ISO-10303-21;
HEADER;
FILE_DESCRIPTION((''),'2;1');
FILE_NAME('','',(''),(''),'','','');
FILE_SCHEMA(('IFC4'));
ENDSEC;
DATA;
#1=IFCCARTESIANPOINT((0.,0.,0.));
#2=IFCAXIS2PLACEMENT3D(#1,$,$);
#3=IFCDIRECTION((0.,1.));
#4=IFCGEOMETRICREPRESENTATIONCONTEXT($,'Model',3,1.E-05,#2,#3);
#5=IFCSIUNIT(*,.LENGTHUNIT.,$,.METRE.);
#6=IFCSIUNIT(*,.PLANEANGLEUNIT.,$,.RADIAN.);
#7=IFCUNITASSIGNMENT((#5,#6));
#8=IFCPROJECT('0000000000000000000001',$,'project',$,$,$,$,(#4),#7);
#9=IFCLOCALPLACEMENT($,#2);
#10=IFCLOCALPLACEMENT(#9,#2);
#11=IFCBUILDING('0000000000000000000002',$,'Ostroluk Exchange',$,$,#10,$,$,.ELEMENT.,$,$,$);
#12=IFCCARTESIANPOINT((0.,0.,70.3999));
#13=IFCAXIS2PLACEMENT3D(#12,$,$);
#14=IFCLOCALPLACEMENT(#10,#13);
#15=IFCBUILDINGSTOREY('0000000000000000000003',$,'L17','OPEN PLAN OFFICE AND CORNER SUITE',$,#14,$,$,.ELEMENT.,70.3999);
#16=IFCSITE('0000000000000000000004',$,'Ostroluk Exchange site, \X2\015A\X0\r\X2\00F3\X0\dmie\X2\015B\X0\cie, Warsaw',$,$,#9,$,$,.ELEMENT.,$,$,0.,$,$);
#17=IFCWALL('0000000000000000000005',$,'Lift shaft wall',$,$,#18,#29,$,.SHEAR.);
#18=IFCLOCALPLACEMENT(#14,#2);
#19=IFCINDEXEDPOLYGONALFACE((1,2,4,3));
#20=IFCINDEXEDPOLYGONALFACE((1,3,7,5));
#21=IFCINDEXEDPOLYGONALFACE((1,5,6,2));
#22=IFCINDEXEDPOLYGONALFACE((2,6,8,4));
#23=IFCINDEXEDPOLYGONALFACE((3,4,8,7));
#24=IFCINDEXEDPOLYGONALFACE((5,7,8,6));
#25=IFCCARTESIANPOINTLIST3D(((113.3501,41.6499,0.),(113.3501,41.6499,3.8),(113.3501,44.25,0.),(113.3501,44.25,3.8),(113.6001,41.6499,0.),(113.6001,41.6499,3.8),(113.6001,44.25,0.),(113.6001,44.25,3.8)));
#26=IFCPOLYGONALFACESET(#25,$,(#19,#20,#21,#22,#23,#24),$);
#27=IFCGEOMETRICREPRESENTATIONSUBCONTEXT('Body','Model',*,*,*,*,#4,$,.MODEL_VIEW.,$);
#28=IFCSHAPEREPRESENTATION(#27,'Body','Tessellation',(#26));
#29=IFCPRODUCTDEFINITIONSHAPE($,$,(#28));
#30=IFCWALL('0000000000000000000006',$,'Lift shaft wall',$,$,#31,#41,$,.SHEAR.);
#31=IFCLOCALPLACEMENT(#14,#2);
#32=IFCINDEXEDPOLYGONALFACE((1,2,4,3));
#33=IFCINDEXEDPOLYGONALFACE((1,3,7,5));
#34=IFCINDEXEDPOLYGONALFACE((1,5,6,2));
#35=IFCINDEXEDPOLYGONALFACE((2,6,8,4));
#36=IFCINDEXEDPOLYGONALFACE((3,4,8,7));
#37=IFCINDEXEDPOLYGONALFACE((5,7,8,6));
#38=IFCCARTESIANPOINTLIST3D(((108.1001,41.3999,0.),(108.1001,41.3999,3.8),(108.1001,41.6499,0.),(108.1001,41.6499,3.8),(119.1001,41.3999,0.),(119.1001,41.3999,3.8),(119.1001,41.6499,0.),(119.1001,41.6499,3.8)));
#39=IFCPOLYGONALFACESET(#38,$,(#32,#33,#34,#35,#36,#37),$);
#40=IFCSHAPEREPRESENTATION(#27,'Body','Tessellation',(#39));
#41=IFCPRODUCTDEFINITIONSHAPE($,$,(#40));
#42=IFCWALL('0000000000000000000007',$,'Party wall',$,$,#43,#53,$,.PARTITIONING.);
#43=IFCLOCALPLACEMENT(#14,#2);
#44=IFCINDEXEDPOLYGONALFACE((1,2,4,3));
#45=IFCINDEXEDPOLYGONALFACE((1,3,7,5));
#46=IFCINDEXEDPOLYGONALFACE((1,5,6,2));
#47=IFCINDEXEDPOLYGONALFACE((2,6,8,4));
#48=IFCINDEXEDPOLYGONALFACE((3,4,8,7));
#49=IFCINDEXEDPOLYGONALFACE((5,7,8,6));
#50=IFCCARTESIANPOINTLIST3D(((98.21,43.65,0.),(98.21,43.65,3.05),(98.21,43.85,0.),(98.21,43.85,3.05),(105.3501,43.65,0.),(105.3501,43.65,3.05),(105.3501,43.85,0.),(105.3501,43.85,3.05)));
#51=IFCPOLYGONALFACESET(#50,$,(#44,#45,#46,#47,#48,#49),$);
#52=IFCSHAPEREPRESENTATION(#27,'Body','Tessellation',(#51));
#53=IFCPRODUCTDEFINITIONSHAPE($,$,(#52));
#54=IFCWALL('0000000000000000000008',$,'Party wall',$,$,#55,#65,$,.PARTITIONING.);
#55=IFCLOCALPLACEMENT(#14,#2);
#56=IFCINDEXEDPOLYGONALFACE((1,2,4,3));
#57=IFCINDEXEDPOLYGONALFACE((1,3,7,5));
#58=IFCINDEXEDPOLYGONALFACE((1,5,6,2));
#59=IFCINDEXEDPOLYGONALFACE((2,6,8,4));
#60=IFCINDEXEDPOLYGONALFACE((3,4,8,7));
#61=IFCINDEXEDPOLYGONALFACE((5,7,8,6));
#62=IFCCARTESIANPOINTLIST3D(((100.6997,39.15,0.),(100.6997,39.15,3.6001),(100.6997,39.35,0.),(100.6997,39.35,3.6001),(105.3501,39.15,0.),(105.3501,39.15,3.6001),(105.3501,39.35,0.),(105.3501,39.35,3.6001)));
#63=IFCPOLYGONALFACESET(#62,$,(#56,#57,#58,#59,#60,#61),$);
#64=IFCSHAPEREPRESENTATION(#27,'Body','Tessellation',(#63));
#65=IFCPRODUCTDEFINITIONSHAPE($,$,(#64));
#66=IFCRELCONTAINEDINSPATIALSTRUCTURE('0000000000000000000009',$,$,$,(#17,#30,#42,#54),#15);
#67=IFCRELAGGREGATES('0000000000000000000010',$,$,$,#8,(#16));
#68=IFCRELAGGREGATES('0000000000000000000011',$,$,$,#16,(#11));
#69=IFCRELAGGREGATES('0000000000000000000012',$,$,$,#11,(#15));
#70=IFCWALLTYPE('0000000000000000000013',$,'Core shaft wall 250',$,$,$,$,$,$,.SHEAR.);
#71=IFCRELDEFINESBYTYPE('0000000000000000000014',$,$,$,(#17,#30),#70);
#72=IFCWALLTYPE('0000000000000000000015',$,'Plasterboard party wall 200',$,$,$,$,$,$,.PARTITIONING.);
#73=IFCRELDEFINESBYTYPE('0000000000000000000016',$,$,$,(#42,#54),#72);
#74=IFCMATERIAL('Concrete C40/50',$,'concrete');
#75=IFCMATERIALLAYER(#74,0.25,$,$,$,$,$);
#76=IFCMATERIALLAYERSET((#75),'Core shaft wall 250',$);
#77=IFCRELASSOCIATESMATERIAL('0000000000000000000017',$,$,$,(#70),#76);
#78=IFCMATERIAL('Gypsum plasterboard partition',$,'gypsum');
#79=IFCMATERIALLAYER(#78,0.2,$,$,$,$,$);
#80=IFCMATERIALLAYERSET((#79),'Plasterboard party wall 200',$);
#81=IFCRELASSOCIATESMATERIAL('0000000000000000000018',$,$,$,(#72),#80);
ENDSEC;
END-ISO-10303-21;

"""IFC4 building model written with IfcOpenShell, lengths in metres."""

from ifc_helpers import new_model, si_unit, direction, frame, frame_2d, origin, place, context, subcontext, project, spatial, rectangle, extrude, material, layer, layer_set, type_object, element, save


model = new_model("IFC4")

# Units and contexts
model_context = context("Model", 3, precision=1e-05, world=origin(), true_north=direction((0.0, 1.0)))
body_context = subcontext(model_context, "Body", "Model", "MODEL_VIEW")
ifc_project = project(units=[si_unit("LENGTHUNIT", "METRE"), si_unit("PLANEANGLEUNIT", "RADIAN")], contexts=[model_context])

# Site, building, storey
site_placement = place(None, origin())
site = spatial("IfcSite", under=ifc_project, at=site_placement, Name="Ostroluk Exchange site, Śródmieście, Warsaw", CompositionType="ELEMENT", RefElevation=0.0)
building_placement = place(site_placement, origin())
building = spatial("IfcBuilding", under=site, at=building_placement, Name="Ostroluk Exchange", CompositionType="ELEMENT")
storey_placement = place(building_placement, frame((0.0, 0.0, 70.3999)))
storey = spatial("IfcBuildingStorey", under=building, at=storey_placement, Name="L17", Description="OPEN PLAN OFFICE AND CORNER SUITE", CompositionType="ELEMENT", Elevation=70.3999)

# Shared definitions
ifc_material_1 = material(Name="Concrete C40/50", Category="concrete")
ifc_layer_1 = layer(ifc_material_1, 0.25)
ifc_layer_set_1 = layer_set([ifc_layer_1], Name="Core shaft wall 250")
wall_type_1 = type_object("IfcWallType", Name="Core shaft wall 250", PredefinedType="SHEAR", material=ifc_layer_set_1)

# Walls
for number, where, z_axis, x_axis, name in (
    (1, (113.4751, 44.25, 0.0), (0.0, 0.0, 1.0), (0.0, -1.0, 0.0), "Lift shaft wall"),
):
    element("IfcWall", number, at=place(storey_placement, frame(where, z_axis=z_axis, x_axis=x_axis)), inside=storey, type_object=wall_type_1, Name=name, PredefinedType="SHEAR", context=body_context, shape_type="SweptSolid", body=[
        extrude(rectangle(XDim=2.6001, YDim=0.25, at=frame_2d((1.3, 0.0))), origin(), (0.0, 0.0, 1.0), 3.8),
    ])
wall_1_placement = place(storey_placement, frame((108.1001, 41.5249, 0.0), z_axis=(0.0, 0.0, 1.0), x_axis=(1.0, 0.0, 0.0)))
element("IfcWall", 2, at=wall_1_placement, inside=storey, type_object=wall_type_1, Name="Lift shaft wall", PredefinedType="SHEAR", context=body_context, shape_type="SweptSolid", body=[
    extrude(rectangle(XDim=11.0, YDim=0.25, at=frame_2d((5.5, 0.0))), origin(), (0.0, 0.0, 1.0), 3.8),
])
ifc_material_2 = material(Name="Gypsum plasterboard partition", Category="gypsum")
ifc_layer_2 = layer(ifc_material_2, 0.2)
ifc_layer_set_2 = layer_set([ifc_layer_2], Name="Plasterboard party wall 200")
wall_type_2 = type_object("IfcWallType", Name="Plasterboard party wall 200", PredefinedType="PARTITIONING", material=ifc_layer_set_2)
wall_2_placement = place(storey_placement, frame((105.3501, 43.75, 0.0), z_axis=(0.0, 0.0, 1.0), x_axis=(-1.0, 0.0, 0.0)))
element("IfcWall", 3, at=wall_2_placement, inside=storey, type_object=wall_type_2, Name="Party wall", PredefinedType="PARTITIONING", context=body_context, shape_type="SweptSolid", body=[
    extrude(rectangle(XDim=7.1401, YDim=0.2, at=frame_2d((3.5701, 0.0))), origin(), (0.0, 0.0, 1.0), 3.05),
])
wall_3_placement = place(storey_placement, frame((105.3501, 39.25, 0.0), z_axis=(0.0, 0.0, 1.0), x_axis=(-1.0, 0.0, 0.0)))
element("IfcWall", 4, at=wall_3_placement, inside=storey, type_object=wall_type_2, Name="Party wall", PredefinedType="PARTITIONING", context=body_context, shape_type="SweptSolid", body=[
    extrude(rectangle(XDim=4.6504, YDim=0.2, at=frame_2d((2.3252, 0.0))), origin(), (0.0, 0.0, 1.0), 3.6001),
])

save(model, "model.ifc")
